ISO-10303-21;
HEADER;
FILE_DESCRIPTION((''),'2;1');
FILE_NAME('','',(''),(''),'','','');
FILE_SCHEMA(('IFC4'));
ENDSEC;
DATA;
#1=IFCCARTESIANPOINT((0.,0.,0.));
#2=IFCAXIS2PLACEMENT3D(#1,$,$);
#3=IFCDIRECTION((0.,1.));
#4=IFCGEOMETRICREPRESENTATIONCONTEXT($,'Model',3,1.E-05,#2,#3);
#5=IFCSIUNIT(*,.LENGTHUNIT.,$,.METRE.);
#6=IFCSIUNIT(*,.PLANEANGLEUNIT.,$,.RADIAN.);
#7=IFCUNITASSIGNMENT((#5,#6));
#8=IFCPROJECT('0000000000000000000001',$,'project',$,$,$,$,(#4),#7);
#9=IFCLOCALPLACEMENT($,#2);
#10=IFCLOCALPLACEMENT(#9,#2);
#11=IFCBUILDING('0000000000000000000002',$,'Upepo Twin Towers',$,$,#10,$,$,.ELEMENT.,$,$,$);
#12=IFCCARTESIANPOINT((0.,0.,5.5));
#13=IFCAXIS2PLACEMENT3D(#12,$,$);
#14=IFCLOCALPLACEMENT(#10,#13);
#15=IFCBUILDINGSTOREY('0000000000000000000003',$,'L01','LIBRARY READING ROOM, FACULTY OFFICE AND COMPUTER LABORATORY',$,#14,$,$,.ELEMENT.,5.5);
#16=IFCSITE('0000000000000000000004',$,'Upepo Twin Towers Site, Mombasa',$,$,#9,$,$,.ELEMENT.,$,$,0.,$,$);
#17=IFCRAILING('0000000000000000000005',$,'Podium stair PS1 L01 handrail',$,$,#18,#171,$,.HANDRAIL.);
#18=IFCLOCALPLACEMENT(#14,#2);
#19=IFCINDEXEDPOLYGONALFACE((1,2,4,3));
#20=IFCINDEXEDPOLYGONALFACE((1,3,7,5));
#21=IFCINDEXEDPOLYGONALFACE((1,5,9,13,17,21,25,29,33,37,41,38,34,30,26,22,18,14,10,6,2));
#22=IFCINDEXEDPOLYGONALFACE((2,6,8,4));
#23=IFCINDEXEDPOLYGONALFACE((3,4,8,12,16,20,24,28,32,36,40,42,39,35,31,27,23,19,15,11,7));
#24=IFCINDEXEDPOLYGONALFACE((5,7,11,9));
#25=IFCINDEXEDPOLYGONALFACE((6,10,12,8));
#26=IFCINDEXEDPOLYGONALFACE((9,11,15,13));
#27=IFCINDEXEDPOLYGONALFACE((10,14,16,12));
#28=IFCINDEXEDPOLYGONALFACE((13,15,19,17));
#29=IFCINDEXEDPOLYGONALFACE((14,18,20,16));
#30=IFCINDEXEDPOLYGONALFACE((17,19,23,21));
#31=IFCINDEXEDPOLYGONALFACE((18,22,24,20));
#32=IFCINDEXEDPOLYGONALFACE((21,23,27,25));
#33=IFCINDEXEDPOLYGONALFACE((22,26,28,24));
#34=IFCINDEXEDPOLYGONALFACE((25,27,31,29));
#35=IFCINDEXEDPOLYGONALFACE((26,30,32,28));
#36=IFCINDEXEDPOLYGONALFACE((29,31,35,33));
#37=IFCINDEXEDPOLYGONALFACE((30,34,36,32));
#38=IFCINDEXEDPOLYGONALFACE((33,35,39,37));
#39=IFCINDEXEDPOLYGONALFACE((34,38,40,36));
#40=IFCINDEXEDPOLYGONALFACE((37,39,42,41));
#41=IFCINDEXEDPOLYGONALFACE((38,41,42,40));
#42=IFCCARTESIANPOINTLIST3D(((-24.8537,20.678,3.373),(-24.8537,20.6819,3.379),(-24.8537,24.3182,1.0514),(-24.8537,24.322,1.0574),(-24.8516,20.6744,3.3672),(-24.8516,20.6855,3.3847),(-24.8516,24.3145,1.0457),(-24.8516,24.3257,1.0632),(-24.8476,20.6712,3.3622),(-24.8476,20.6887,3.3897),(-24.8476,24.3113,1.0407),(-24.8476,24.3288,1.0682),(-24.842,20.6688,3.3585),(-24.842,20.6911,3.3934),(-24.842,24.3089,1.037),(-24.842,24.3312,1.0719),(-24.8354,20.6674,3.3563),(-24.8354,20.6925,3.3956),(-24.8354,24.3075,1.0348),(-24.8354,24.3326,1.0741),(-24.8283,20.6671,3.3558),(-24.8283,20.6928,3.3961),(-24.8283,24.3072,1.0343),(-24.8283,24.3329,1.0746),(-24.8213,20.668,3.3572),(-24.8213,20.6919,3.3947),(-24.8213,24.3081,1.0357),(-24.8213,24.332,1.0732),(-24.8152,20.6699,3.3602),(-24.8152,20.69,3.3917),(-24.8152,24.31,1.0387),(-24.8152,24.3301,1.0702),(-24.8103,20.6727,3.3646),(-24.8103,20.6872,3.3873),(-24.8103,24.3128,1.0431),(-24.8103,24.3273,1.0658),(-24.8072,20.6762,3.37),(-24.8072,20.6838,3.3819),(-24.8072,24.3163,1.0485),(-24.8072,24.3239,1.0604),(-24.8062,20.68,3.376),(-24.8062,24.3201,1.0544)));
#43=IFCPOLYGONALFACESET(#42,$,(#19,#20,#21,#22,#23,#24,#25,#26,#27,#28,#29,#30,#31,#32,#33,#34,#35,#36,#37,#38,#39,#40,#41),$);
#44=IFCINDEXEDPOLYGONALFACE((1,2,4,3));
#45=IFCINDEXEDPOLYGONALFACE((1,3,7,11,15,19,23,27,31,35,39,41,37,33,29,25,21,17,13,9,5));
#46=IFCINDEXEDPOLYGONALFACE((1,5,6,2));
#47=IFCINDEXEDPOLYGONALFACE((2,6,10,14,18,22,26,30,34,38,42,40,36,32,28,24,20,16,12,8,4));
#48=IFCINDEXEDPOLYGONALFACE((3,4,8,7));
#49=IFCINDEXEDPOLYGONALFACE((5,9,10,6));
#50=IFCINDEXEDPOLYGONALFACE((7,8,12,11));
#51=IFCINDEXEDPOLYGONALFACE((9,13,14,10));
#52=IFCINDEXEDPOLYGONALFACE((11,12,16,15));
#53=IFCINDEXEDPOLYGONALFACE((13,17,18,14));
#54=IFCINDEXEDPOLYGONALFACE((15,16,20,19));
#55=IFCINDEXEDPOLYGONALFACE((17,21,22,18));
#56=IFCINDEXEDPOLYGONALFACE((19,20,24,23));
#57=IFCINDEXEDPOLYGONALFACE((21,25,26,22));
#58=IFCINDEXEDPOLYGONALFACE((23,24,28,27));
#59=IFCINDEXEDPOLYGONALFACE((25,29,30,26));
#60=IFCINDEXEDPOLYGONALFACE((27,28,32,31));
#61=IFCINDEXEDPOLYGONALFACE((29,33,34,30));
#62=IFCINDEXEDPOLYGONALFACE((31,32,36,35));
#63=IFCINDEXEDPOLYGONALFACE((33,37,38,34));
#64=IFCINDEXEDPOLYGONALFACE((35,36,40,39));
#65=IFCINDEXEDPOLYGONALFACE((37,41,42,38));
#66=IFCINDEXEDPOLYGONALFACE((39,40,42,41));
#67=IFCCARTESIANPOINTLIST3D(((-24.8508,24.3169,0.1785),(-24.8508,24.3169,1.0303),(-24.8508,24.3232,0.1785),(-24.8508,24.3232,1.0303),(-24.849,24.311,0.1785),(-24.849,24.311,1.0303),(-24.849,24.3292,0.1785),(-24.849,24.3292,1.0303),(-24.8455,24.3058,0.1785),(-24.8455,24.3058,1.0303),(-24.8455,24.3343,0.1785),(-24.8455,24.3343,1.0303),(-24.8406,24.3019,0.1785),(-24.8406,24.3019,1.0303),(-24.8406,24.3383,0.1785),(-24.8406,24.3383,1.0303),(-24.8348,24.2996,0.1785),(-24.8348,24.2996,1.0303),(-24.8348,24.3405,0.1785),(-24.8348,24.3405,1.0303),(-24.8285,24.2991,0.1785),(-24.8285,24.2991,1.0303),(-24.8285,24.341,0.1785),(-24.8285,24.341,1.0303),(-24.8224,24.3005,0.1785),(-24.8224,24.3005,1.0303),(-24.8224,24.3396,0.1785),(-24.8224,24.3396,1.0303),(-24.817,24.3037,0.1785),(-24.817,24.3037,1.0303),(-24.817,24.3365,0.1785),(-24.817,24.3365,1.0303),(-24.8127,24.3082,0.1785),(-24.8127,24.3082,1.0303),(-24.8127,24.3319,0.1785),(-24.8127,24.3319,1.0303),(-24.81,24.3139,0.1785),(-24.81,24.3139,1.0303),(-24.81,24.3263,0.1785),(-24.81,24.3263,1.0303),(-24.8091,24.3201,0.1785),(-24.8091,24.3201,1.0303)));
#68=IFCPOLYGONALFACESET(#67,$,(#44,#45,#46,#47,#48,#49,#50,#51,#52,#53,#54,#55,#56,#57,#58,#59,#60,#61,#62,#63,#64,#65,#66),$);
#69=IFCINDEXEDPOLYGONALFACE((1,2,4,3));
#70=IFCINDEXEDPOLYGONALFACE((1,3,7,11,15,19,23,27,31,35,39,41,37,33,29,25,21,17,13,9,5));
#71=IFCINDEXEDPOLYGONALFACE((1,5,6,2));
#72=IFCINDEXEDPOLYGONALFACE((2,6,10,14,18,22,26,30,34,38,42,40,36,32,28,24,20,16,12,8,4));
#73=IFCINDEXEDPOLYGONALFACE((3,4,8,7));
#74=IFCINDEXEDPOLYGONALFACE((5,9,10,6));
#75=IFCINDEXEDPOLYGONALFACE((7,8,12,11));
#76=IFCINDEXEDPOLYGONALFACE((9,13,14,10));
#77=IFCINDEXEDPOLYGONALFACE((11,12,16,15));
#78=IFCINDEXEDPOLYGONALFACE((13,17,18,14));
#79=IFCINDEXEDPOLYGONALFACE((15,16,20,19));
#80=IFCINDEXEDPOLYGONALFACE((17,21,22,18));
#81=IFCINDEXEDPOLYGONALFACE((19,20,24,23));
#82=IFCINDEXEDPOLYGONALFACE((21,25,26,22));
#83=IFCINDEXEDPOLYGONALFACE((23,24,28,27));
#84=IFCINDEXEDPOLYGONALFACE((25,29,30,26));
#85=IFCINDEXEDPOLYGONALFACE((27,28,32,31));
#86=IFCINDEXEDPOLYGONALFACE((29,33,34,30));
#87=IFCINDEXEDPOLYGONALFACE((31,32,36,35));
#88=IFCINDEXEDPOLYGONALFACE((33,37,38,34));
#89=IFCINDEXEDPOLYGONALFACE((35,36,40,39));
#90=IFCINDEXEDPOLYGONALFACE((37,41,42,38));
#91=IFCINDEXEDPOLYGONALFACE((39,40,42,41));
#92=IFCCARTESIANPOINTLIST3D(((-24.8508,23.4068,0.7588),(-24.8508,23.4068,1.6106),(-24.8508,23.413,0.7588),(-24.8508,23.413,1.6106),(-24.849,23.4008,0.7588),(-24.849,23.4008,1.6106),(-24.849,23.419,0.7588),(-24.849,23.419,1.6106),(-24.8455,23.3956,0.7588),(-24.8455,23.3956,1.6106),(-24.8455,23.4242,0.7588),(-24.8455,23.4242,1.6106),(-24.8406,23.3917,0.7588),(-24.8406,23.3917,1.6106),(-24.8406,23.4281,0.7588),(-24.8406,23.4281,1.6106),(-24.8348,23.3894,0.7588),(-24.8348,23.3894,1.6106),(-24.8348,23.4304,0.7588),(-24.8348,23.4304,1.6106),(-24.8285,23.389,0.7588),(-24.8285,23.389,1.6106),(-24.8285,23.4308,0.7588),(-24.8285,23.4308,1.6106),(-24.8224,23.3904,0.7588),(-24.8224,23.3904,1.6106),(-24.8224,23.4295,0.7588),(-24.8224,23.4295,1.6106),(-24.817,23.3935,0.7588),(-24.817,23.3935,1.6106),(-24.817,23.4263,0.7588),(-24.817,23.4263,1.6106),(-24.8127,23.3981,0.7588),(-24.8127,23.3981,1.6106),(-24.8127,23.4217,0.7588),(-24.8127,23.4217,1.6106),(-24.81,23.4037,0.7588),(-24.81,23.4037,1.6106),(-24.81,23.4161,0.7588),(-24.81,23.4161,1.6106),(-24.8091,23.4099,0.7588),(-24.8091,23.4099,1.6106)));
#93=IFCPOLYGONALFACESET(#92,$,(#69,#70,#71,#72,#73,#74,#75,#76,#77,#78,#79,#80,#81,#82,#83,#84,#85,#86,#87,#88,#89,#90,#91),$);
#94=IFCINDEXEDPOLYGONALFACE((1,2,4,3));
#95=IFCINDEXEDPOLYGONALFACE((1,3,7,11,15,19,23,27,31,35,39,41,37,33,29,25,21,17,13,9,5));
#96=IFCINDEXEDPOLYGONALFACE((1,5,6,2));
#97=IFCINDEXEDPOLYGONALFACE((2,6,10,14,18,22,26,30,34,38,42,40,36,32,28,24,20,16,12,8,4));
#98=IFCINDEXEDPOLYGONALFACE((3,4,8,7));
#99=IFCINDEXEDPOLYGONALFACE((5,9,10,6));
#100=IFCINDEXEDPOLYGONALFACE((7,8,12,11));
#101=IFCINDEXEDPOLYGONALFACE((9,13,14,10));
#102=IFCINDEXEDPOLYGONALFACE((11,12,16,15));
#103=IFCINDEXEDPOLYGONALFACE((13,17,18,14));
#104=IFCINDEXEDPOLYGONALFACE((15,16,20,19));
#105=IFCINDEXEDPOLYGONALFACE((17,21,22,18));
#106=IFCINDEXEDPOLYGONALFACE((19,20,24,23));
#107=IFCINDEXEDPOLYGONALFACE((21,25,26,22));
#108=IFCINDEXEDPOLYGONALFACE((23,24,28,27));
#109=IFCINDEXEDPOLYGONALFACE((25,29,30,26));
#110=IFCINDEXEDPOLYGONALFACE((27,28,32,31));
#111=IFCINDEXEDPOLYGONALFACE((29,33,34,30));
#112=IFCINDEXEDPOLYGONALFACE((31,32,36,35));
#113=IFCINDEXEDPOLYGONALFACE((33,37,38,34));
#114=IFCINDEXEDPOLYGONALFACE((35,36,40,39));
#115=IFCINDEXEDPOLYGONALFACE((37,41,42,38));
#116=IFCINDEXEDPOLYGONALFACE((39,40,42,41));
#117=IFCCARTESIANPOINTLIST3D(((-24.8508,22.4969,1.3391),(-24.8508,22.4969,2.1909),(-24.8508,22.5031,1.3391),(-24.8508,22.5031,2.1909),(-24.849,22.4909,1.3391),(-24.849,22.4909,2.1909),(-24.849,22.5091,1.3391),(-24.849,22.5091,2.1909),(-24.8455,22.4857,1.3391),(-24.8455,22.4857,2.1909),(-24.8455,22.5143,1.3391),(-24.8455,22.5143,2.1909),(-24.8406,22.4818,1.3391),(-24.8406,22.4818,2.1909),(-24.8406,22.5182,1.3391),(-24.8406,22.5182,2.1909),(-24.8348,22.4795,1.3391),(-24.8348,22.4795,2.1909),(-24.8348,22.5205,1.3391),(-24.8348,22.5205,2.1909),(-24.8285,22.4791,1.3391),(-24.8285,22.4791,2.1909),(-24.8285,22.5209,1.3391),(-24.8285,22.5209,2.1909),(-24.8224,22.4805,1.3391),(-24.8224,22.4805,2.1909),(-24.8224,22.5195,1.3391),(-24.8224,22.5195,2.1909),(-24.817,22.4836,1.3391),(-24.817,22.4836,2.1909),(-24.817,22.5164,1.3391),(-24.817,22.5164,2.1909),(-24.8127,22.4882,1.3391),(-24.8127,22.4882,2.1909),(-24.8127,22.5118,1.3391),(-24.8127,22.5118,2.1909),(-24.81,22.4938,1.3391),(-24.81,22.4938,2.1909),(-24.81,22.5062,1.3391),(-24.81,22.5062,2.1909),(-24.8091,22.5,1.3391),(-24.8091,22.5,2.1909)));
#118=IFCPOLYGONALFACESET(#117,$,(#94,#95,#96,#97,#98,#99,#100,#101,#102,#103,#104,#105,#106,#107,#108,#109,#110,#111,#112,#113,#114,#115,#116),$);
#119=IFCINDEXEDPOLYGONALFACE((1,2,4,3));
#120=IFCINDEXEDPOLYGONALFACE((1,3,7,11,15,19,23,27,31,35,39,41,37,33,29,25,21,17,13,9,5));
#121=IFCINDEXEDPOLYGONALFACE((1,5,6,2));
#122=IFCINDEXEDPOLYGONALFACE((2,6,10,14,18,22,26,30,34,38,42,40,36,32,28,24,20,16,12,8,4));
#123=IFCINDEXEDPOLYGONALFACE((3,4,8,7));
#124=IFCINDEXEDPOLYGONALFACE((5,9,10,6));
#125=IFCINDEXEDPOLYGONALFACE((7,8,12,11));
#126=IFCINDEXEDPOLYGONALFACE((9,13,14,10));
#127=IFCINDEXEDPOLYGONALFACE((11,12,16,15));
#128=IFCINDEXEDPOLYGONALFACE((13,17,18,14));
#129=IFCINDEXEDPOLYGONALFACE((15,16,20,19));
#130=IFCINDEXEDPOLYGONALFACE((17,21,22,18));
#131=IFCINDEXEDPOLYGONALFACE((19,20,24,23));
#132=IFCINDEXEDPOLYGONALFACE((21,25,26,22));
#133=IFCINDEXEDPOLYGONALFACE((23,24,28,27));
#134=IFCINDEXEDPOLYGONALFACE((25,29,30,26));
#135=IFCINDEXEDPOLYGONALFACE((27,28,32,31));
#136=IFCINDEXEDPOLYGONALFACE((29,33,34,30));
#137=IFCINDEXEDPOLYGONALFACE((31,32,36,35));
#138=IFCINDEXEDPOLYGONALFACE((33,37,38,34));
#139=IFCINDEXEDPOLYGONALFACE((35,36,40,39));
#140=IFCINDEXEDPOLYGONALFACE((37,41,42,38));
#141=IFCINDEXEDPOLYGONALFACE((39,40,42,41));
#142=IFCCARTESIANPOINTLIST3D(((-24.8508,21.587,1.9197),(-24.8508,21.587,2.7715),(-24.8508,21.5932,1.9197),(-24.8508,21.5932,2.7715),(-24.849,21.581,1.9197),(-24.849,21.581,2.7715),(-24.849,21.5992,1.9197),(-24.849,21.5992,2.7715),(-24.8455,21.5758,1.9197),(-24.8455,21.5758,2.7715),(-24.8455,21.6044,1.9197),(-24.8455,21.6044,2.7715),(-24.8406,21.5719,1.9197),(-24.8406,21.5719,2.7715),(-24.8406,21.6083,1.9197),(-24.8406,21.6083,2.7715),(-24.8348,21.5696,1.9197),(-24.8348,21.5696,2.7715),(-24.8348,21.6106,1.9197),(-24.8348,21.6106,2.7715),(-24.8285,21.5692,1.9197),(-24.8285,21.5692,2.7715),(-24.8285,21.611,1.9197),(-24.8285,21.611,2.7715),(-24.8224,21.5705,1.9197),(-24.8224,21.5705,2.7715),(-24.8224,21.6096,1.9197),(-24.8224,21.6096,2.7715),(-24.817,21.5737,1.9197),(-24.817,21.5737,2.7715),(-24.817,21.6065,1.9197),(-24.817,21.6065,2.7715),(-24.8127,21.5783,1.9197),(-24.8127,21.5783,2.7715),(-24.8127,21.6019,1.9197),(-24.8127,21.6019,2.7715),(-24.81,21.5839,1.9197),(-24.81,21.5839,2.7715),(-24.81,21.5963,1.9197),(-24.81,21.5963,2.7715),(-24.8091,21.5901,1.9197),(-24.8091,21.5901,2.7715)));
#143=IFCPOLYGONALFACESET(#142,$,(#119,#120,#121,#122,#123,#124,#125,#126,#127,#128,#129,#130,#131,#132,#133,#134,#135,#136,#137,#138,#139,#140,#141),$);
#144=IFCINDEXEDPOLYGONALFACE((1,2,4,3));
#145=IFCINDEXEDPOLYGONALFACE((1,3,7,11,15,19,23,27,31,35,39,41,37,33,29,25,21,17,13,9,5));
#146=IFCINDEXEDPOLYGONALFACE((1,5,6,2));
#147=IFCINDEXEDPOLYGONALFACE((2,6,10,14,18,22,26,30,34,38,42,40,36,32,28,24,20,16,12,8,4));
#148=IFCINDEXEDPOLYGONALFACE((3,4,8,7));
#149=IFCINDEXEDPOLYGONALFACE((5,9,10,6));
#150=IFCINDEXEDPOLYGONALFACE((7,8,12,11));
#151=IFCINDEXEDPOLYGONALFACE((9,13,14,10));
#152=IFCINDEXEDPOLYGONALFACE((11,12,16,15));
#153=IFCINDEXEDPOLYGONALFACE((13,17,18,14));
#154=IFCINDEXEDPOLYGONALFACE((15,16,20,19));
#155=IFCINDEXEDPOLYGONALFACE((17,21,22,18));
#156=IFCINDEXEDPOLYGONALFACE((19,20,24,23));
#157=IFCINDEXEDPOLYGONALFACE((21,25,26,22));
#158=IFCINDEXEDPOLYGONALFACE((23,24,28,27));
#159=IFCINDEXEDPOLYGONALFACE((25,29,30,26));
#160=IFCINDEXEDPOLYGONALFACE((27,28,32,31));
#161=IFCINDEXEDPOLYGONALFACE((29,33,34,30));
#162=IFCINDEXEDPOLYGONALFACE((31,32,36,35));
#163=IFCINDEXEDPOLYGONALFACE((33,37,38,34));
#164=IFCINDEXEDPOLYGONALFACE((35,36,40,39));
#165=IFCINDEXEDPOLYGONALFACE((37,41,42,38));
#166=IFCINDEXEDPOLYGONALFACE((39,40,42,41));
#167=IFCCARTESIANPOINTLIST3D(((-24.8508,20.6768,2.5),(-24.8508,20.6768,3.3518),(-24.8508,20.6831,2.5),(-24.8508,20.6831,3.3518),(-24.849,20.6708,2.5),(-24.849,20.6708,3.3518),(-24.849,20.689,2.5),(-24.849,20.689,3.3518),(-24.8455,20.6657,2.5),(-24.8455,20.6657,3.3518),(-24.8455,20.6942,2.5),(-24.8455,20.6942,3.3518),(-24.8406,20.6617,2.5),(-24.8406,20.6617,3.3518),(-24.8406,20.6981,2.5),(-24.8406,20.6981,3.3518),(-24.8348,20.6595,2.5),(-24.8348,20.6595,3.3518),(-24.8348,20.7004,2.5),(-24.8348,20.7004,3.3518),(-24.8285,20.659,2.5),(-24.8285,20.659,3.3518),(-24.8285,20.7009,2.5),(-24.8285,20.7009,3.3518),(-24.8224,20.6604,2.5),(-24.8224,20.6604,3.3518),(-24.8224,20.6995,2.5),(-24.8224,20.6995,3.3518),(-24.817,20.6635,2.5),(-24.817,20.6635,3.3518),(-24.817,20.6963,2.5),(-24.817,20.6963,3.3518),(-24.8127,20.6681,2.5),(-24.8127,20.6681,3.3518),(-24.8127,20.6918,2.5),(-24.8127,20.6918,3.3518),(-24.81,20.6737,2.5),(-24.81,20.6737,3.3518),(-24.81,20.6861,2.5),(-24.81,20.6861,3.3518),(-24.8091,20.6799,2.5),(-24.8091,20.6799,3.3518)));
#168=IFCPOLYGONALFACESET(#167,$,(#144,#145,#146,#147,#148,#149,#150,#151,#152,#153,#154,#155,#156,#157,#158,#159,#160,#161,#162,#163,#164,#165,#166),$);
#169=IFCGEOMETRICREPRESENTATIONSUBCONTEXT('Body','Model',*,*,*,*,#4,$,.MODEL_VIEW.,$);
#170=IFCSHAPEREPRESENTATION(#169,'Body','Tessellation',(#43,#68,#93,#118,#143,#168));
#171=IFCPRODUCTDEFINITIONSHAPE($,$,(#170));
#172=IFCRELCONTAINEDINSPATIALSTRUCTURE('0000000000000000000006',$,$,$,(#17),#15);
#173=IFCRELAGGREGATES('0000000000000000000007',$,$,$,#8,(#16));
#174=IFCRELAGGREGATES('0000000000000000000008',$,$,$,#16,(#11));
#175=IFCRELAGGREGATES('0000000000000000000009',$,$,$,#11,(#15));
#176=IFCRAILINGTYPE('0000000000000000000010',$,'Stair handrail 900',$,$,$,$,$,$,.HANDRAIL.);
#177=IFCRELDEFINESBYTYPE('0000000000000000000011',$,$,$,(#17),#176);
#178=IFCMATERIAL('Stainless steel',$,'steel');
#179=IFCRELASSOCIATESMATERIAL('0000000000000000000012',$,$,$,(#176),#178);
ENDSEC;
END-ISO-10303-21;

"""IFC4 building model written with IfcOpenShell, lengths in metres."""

from ifc_helpers import new_model, si_unit, direction, frame, origin, origin_2d, place, context, subcontext, project, spatial, circle, extrude, material, type_object, element, save


model = new_model("IFC4")

# Units and contexts
model_context = context("Model", 3, precision=1e-05, world=origin(), true_north=direction((0.0, 1.0)))
body_context = subcontext(model_context, "Body", "Model", "MODEL_VIEW")
ifc_project = project(units=[si_unit("LENGTHUNIT", "METRE"), si_unit("PLANEANGLEUNIT", "RADIAN")], contexts=[model_context])

# Site, building, storey
site_placement = place(None, origin())
site = spatial("IfcSite", under=ifc_project, at=site_placement, Name="Upepo Twin Towers Site, Mombasa", CompositionType="ELEMENT", RefElevation=0.0)
building_placement = place(site_placement, origin())
building = spatial("IfcBuilding", under=site, at=building_placement, Name="Upepo Twin Towers", CompositionType="ELEMENT")
storey_placement = place(building_placement, frame((0.0, 0.0, 5.5)))
storey = spatial("IfcBuildingStorey", under=building, at=storey_placement, Name="L01", Description="LIBRARY READING ROOM, FACULTY OFFICE AND COMPUTER LABORATORY", CompositionType="ELEMENT", Elevation=5.5)

# Railing
ifc_material_1 = material(Name="Stainless steel", Category="steel")
railing_type = type_object("IfcRailingType", Name="Stair handrail 900", PredefinedType="HANDRAIL", material=ifc_material_1)
railing_placement = place(storey_placement, frame((-24.8301, 24.3201, 0.1785)))
element("IfcRailing", 1, at=railing_placement, inside=storey, type_object=railing_type, Name="Podium stair PS1 L01 handrail", PredefinedType="HANDRAIL", context=body_context, shape_type="SweptSolid", body=[
    extrude(circle(Radius=0.0239, at=origin_2d()), frame((0.0, 0.0, 0.876), z_axis=(0.0, -0.843128, 0.537713), x_axis=(1.0, 0.0, 0.0)), (0.0, 0.0, 1.0), 4.3174),
    extrude(circle(Radius=0.021, at=origin_2d()), origin(), (0.0, 0.0, 1.0), 0.8518),
    extrude(circle(Radius=0.021, at=origin_2d()), frame((0.0, -0.9102, 0.5803)), (0.0, 0.0, 1.0), 0.8518),
    extrude(circle(Radius=0.021, at=origin_2d()), frame((0.0, -1.8201, 1.1606)), (0.0, 0.0, 1.0), 0.8518),
    extrude(circle(Radius=0.021, at=origin_2d()), frame((0.0, -2.73, 1.7412)), (0.0, 0.0, 1.0), 0.8518),
    extrude(circle(Radius=0.021, at=origin_2d()), frame((0.0, -3.6401, 2.3215)), (0.0, 0.0, 1.0), 0.8518),
])

save(model, "model.ifc")
